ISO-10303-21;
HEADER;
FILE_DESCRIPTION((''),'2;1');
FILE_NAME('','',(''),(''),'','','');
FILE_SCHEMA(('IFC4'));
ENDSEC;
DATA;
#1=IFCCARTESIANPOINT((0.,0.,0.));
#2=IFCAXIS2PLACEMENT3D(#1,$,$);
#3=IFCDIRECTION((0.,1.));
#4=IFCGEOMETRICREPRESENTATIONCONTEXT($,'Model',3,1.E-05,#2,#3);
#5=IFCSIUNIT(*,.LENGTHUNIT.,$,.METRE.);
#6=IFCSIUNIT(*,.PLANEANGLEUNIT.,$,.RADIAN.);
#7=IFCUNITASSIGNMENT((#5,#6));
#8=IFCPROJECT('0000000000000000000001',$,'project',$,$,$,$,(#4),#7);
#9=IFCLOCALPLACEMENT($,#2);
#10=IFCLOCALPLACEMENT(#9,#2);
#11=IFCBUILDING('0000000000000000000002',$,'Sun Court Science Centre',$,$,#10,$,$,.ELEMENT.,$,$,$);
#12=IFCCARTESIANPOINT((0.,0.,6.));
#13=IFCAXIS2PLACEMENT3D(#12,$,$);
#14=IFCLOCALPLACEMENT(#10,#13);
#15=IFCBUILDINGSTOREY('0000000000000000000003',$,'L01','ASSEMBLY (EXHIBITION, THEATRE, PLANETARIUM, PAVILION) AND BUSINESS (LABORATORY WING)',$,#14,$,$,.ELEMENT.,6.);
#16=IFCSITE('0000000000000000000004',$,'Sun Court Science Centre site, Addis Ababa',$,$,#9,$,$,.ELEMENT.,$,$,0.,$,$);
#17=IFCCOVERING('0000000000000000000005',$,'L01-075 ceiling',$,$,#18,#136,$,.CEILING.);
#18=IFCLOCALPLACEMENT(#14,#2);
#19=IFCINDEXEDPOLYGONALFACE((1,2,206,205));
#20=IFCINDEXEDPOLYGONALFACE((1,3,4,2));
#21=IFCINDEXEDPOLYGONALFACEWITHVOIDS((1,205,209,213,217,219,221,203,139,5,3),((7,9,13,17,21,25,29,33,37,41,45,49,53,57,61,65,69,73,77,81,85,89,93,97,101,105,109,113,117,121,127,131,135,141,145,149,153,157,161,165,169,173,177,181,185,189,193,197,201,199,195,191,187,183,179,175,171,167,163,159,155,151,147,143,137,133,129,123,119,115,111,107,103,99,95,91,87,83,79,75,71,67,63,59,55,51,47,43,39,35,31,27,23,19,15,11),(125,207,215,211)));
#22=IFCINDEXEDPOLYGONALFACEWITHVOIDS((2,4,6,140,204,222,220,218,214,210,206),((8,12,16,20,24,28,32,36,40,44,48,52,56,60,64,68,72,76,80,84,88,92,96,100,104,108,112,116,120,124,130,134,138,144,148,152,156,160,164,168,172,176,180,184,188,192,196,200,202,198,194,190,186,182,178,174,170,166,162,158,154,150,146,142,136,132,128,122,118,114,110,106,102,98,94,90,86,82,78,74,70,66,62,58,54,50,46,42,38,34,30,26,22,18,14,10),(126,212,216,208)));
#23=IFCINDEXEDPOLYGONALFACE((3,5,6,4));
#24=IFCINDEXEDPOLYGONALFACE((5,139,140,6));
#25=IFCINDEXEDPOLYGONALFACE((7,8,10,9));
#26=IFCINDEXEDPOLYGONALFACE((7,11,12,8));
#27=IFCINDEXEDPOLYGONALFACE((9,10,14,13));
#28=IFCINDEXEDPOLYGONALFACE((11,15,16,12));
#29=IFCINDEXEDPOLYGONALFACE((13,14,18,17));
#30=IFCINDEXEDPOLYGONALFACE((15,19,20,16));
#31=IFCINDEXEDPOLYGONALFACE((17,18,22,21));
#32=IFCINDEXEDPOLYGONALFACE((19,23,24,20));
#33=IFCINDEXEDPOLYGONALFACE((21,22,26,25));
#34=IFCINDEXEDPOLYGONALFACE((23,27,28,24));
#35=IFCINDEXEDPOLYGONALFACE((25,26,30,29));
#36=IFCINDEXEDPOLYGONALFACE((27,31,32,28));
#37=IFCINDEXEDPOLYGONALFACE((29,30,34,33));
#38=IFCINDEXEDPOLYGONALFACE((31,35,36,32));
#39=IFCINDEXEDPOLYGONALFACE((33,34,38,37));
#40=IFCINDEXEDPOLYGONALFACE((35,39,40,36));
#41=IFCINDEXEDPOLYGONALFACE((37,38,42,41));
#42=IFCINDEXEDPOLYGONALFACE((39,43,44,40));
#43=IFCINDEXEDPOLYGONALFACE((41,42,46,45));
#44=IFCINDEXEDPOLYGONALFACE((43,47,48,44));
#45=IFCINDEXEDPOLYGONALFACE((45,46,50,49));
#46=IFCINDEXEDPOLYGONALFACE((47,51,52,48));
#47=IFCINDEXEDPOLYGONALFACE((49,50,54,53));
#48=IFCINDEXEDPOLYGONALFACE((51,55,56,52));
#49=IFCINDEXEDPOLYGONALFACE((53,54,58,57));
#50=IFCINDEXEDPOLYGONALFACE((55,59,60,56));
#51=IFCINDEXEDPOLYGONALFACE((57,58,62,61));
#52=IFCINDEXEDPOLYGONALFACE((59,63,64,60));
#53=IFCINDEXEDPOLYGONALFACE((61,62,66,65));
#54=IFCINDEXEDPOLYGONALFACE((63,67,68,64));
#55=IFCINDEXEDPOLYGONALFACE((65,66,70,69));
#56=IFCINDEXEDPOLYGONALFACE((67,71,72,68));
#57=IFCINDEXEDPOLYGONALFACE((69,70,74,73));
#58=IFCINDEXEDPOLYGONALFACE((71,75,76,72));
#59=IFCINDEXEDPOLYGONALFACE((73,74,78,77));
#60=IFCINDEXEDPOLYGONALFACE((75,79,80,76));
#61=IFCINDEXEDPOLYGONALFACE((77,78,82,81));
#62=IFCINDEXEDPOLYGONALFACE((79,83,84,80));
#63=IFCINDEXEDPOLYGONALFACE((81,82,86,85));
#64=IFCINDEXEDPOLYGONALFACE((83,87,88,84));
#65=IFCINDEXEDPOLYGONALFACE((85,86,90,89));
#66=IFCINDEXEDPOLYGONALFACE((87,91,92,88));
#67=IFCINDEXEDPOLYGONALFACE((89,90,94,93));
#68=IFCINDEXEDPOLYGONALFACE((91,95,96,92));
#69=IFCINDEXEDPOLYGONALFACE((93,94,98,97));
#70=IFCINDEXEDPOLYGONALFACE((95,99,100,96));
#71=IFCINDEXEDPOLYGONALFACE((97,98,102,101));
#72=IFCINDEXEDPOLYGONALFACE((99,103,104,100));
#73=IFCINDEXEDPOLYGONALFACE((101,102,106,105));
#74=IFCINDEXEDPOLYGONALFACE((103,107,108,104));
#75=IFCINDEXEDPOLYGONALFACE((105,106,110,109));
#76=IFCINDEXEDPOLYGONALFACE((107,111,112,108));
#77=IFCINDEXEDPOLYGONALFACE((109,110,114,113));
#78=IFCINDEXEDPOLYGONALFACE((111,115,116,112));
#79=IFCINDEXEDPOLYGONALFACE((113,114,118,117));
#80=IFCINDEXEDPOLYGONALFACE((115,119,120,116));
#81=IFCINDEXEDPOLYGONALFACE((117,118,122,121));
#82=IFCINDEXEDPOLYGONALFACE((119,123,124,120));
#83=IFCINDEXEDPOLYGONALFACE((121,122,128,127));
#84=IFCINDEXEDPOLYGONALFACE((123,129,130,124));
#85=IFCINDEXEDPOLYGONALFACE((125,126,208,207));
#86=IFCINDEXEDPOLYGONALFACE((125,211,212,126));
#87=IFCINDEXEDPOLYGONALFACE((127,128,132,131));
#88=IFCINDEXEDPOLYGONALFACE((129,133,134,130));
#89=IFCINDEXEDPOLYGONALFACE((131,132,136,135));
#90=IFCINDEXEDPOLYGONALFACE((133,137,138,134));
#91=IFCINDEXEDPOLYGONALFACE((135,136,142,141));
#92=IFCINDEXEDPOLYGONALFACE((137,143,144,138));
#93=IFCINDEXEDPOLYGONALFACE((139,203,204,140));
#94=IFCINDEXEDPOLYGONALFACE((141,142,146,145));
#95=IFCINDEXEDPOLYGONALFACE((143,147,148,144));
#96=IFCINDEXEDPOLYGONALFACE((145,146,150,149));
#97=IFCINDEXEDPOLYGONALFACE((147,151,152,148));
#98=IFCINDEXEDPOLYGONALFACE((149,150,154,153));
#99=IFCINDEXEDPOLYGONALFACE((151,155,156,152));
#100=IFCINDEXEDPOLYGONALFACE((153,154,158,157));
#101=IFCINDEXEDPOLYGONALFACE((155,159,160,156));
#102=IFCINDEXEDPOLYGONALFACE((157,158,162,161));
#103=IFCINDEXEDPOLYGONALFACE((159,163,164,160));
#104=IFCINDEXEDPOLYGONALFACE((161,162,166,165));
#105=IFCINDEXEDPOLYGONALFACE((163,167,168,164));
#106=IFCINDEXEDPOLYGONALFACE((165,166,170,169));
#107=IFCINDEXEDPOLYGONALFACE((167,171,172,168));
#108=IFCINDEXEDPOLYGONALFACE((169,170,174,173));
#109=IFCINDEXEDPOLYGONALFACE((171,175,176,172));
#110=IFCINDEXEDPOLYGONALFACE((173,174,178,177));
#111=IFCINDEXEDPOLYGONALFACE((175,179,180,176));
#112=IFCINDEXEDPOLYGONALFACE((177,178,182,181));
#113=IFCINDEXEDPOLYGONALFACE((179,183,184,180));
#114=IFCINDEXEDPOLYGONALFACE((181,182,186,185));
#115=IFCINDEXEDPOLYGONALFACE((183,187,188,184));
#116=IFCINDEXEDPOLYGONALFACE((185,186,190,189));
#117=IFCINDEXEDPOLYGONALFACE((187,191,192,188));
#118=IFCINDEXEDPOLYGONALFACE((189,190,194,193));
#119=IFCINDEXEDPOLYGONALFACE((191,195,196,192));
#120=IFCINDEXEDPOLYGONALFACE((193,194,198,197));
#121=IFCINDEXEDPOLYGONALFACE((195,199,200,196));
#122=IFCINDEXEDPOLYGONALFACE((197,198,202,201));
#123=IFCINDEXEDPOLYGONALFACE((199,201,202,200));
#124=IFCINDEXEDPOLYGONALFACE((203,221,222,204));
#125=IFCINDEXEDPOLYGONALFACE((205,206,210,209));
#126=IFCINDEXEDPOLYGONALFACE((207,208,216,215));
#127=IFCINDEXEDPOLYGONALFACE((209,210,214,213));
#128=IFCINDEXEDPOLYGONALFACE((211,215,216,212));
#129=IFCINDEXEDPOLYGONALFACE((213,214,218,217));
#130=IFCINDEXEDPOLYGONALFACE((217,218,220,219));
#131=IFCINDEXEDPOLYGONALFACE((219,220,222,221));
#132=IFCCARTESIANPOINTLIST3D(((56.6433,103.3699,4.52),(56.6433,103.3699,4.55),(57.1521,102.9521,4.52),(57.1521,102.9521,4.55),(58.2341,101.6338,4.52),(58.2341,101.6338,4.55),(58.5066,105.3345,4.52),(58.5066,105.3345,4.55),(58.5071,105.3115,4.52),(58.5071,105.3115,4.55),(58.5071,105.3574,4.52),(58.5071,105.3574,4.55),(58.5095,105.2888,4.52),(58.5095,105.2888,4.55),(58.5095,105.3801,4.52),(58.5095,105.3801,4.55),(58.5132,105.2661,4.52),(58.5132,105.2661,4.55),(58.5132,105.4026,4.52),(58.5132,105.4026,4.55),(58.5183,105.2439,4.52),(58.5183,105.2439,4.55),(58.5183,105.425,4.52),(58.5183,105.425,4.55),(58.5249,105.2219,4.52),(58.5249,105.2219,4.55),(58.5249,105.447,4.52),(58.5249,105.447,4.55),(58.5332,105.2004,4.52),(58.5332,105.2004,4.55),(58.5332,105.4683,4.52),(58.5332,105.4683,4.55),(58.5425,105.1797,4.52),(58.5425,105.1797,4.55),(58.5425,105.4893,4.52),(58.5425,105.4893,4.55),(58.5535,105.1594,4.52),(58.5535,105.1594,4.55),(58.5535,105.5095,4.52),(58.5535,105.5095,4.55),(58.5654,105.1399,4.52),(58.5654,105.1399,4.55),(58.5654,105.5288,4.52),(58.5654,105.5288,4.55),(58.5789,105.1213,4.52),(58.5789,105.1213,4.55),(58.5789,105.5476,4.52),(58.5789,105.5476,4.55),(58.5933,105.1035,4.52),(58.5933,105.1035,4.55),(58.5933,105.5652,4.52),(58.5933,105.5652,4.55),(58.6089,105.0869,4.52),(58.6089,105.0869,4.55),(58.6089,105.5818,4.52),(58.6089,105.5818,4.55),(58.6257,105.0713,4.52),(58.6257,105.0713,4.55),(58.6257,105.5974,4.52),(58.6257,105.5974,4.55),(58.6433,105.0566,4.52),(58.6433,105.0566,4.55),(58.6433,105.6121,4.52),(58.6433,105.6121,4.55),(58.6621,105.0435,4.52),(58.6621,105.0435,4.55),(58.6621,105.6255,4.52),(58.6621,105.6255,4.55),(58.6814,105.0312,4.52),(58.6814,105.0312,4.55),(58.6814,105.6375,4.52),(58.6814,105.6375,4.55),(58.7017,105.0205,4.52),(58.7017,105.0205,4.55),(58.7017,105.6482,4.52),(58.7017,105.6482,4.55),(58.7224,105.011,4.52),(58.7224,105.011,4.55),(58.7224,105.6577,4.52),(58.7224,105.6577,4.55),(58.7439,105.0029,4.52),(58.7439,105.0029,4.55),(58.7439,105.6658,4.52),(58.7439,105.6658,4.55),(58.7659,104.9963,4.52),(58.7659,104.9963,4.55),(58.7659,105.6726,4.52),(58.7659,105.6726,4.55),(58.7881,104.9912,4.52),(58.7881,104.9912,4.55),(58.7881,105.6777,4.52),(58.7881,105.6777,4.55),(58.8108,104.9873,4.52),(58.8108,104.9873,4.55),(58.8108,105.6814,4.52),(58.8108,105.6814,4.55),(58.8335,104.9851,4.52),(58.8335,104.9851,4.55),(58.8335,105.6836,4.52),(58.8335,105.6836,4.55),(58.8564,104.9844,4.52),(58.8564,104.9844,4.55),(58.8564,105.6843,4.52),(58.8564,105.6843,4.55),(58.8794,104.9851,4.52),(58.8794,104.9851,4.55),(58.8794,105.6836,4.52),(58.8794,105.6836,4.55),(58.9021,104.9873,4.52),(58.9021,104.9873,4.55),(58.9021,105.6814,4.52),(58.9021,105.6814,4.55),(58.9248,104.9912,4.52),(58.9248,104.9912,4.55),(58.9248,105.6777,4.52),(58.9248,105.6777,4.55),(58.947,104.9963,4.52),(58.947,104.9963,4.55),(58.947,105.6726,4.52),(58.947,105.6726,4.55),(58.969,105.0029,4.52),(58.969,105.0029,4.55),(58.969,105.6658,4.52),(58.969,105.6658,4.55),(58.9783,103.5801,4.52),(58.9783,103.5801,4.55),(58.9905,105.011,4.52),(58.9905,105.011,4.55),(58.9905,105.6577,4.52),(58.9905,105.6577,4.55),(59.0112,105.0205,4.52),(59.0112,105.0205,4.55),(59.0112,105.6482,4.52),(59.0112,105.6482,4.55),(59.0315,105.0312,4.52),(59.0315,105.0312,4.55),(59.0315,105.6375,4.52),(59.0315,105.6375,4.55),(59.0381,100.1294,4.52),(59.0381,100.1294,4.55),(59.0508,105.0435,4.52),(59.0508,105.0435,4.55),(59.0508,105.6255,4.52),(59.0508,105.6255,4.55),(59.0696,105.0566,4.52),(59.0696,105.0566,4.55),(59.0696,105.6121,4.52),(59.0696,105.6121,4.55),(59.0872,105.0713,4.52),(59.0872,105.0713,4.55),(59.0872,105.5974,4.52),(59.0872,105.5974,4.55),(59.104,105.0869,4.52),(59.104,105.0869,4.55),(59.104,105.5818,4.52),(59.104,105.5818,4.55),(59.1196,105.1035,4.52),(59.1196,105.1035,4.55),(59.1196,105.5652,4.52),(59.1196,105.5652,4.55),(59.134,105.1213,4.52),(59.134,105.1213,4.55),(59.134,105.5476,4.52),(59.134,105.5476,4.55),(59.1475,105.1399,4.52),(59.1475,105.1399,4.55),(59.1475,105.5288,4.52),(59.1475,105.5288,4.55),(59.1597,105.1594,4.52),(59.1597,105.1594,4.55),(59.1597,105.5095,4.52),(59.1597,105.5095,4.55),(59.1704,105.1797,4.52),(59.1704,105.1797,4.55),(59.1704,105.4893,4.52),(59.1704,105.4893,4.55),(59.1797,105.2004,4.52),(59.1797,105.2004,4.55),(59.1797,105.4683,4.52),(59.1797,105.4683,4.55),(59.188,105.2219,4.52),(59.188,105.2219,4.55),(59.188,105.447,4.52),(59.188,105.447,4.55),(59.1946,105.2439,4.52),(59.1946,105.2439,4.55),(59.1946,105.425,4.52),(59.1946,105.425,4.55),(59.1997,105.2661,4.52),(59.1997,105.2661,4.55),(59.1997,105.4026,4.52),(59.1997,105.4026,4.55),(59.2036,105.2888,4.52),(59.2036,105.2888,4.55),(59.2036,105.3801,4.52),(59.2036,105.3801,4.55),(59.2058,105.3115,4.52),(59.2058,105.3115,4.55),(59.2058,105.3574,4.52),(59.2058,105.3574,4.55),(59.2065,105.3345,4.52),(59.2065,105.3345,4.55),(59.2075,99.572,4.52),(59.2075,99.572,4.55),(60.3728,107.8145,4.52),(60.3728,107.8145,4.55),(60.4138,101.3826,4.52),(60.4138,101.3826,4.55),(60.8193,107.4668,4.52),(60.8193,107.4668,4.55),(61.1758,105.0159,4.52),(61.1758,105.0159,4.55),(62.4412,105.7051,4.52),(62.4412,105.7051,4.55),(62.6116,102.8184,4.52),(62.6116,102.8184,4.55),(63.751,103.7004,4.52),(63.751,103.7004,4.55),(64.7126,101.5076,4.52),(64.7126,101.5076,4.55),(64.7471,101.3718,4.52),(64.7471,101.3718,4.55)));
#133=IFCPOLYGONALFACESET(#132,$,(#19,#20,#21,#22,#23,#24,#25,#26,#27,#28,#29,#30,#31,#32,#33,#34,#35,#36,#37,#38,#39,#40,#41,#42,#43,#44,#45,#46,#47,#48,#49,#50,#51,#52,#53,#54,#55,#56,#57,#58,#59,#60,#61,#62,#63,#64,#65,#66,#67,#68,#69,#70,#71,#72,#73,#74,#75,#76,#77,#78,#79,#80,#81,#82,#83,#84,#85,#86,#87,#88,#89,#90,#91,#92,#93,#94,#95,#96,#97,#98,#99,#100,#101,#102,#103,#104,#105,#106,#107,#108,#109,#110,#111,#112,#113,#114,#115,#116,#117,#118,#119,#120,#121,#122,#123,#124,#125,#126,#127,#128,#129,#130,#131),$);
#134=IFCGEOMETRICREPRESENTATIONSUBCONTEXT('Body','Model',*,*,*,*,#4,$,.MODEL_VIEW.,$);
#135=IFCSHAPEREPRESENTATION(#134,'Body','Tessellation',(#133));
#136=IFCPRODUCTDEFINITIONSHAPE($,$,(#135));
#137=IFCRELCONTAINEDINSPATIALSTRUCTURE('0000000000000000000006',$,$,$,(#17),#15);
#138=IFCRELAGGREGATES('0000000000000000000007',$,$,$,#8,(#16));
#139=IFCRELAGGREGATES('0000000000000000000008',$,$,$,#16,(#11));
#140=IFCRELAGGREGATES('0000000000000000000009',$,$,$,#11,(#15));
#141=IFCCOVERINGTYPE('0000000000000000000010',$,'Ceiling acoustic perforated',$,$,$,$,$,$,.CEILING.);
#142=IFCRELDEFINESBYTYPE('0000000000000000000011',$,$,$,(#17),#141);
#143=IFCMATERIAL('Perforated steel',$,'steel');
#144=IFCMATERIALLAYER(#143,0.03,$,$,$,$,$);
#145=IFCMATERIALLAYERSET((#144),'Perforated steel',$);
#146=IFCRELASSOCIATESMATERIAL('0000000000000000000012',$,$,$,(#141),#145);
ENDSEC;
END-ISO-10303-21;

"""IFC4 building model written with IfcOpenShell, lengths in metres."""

from ifc_helpers import new_model, si_unit, direction, frame, origin, place, context, subcontext, project, spatial, polyline, outline, extrude, material, layer, layer_set, type_object, element, save


model = new_model("IFC4")

# Units and contexts
model_context = context("Model", 3, precision=1e-05, world=origin(), true_north=direction((0.0, 1.0)))
body_context = subcontext(model_context, "Body", "Model", "MODEL_VIEW")
ifc_project = project(units=[si_unit("LENGTHUNIT", "METRE"), si_unit("PLANEANGLEUNIT", "RADIAN")], contexts=[model_context])

# Site, building, storey
site_placement = place(None, origin())
site = spatial("IfcSite", under=ifc_project, at=site_placement, Name="Sun Court Science Centre site, Addis Ababa", CompositionType="ELEMENT", RefElevation=0.0)
building_placement = place(site_placement, origin())
building = spatial("IfcBuilding", under=site, at=building_placement, Name="Sun Court Science Centre", CompositionType="ELEMENT")
storey_placement = place(building_placement, frame((0.0, 0.0, 6.0)))
storey = spatial("IfcBuildingStorey", under=building, at=storey_placement, Name="L01", Description="ASSEMBLY (EXHIBITION, THEATRE, PLANETARIUM, PAVILION) AND BUSINESS (LABORATORY WING)", CompositionType="ELEMENT", Elevation=6.0)

# Covering
ifc_material_1 = material(Name="Perforated steel", Category="steel")
ifc_layer_1 = layer(ifc_material_1, 0.03)
ifc_layer_set_1 = layer_set([ifc_layer_1], Name="Perforated steel")
covering_type_1 = type_object("IfcCoveringType", Name="Ceiling acoustic perforated", PredefinedType="CEILING", material=ifc_layer_set_1)
covering_1_placement = place(storey_placement, frame((0.0, 0.0, 4.52)))
element("IfcCovering", 1, at=covering_1_placement, inside=storey, type_object=covering_type_1, Name="L01-075 ceiling", PredefinedType="CEILING", context=body_context, shape_type="SweptSolid", body=[
    extrude(outline(polyline([(63.751, 103.7004), (64.7126, 101.5076), (64.7471, 101.3718), (59.2075, 99.572), (59.0381, 100.1294), (58.2341, 101.6338), (57.1521, 102.9521), (56.6433, 103.3699), (60.3728, 107.8145), (60.8193, 107.4668), (62.4412, 105.7051), (63.751, 103.7004)]), holes=[polyline([(61.1758, 105.0159), (58.9783, 103.5801), (60.4138, 101.3826), (62.6116, 102.8184), (61.1758, 105.0159)]), polyline([(59.188, 105.2219), (59.1946, 105.2439), (59.1997, 105.2661), (59.2036, 105.2888), (59.2058, 105.3115), (59.2065, 105.3345), (59.2058, 105.3574), (59.2036, 105.3801), (59.1997, 105.4026), (59.1946, 105.425), (59.188, 105.447), (59.1797, 105.4683), (59.1704, 105.4893), (59.1597, 105.5095), (59.1475, 105.5288), (59.134, 105.5476), (59.1196, 105.5652), (59.104, 105.5818), (59.0872, 105.5974), (59.0696, 105.6121), (59.0508, 105.6255), (59.0315, 105.6375), (59.0112, 105.6482), (58.9905, 105.6577), (58.969, 105.6658), (58.947, 105.6726), (58.9248, 105.6777), (58.9021, 105.6814), (58.8794, 105.6836), (58.8564, 105.6843), (58.8335, 105.6836), (58.8108, 105.6814), (58.7881, 105.6777), (58.7659, 105.6726), (58.7439, 105.6658), (58.7224, 105.6577), (58.7017, 105.6482), (58.6814, 105.6375), (58.6621, 105.6255), (58.6433, 105.6121), (58.6257, 105.5974), (58.6089, 105.5818), (58.5933, 105.5652), (58.5789, 105.5476), (58.5654, 105.5288), (58.5535, 105.5095), (58.5425, 105.4893), (58.5332, 105.4683), (58.5249, 105.447), (58.5183, 105.425), (58.5132, 105.4026), (58.5095, 105.3801), (58.5071, 105.3574), (58.5066, 105.3345), (58.5071, 105.3115), (58.5095, 105.2888), (58.5132, 105.2661), (58.5183, 105.2439), (58.5249, 105.2219), (58.5332, 105.2004), (58.5425, 105.1797), (58.5535, 105.1594), (58.5654, 105.1399), (58.5789, 105.1213), (58.5933, 105.1035), (58.6089, 105.0869), (58.6257, 105.0713), (58.6433, 105.0566), (58.6621, 105.0435), (58.6814, 105.0312), (58.7017, 105.0205), (58.7224, 105.011), (58.7439, 105.0029), (58.7659, 104.9963), (58.7881, 104.9912), (58.8108, 104.9873), (58.8335, 104.9851), (58.8564, 104.9844), (58.8794, 104.9851), (58.9021, 104.9873), (58.9248, 104.9912), (58.947, 104.9963), (58.969, 105.0029), (58.9905, 105.011), (59.0112, 105.0205), (59.0315, 105.0312), (59.0508, 105.0435), (59.0696, 105.0566), (59.0872, 105.0713), (59.104, 105.0869), (59.1196, 105.1035), (59.134, 105.1213), (59.1475, 105.1399), (59.1597, 105.1594), (59.1704, 105.1797), (59.1797, 105.2004), (59.188, 105.2219)])]), origin(), (0.0, 0.0, 1.0), 0.03),
])

save(model, "model.ifc")
